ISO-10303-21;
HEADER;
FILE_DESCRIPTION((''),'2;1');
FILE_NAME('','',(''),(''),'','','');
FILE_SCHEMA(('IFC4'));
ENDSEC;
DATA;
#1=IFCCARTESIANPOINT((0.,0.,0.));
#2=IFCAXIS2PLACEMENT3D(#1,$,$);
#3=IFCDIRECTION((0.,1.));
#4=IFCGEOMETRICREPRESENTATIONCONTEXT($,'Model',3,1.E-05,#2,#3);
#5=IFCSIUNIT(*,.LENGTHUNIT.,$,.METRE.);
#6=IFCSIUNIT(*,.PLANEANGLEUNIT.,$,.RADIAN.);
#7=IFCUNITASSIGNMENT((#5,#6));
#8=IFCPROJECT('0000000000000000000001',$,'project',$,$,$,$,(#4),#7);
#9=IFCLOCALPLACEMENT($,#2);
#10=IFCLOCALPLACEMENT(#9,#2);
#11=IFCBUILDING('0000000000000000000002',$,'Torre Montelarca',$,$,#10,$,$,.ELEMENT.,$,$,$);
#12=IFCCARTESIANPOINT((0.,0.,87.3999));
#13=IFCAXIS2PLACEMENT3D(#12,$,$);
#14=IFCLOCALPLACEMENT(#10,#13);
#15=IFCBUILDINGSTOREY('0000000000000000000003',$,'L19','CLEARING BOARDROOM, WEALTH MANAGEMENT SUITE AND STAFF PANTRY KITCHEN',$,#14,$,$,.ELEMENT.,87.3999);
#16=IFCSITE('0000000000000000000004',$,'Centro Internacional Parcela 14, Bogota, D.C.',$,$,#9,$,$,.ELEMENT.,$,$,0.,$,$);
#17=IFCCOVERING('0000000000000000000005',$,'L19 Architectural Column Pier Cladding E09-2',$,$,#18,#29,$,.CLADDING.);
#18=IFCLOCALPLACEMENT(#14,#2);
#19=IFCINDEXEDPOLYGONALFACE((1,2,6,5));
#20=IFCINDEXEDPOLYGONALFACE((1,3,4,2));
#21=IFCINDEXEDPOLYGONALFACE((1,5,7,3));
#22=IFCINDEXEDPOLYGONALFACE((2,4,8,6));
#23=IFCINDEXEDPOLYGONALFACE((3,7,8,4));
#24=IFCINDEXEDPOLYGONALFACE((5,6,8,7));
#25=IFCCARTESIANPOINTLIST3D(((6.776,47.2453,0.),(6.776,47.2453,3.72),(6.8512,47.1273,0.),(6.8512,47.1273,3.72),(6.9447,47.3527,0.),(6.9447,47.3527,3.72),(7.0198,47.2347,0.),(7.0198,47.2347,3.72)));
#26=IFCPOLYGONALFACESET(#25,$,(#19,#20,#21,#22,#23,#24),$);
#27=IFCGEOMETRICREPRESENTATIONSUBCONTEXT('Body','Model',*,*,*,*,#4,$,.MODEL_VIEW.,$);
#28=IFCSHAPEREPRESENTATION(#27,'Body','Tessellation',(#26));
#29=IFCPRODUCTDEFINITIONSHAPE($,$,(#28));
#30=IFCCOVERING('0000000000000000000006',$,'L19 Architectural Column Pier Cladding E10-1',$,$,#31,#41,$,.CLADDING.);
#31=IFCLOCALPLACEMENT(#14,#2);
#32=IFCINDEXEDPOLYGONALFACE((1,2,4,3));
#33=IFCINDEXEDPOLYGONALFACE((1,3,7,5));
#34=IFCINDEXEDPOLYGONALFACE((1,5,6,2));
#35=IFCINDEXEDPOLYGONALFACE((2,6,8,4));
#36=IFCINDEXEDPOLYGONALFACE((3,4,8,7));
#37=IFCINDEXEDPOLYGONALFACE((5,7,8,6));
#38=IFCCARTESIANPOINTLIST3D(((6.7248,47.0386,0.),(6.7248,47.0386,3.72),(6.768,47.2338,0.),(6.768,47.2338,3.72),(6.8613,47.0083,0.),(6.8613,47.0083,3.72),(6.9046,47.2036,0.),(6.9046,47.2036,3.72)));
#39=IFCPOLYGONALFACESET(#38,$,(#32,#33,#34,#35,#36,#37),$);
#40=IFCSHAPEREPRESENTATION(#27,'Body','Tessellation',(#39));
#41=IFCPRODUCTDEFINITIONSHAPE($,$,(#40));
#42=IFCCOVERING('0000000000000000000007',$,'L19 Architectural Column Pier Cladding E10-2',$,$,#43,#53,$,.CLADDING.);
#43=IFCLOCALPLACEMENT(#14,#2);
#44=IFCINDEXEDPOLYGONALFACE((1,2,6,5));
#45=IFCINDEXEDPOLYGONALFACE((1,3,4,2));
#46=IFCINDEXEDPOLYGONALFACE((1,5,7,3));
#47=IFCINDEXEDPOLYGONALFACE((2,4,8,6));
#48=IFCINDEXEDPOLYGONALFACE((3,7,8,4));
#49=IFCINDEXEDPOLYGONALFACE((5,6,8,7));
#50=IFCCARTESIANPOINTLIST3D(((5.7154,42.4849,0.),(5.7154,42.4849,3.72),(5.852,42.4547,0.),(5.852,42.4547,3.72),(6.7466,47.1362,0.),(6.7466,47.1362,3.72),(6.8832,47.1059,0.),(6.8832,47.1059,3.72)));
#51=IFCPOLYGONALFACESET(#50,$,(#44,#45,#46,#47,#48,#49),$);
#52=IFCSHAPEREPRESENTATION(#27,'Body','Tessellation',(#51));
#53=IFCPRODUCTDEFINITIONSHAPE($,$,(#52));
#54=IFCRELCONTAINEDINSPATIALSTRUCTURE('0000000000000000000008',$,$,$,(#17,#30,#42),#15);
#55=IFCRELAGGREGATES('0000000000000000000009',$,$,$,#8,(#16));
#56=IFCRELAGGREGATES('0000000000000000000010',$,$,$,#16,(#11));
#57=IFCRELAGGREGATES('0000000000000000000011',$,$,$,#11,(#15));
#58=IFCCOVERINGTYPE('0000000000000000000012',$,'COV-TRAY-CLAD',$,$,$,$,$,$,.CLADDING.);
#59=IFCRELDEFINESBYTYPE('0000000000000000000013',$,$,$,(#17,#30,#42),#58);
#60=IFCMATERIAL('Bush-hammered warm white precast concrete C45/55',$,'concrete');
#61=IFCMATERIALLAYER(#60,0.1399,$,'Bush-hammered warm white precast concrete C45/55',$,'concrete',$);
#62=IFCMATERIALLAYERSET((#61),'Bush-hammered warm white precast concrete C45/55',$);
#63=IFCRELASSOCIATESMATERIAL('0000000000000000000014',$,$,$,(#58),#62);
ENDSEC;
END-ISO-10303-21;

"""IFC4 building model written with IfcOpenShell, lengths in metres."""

from ifc_helpers import new_model, si_unit, direction, frame, origin, origin_2d, place, context, subcontext, project, spatial, rectangle, extrude, source, transform, mapped, material, layer, layer_set, type_object, element, save


model = new_model("IFC4")

# Units and contexts
model_context = context("Model", 3, precision=1e-05, world=origin(), true_north=direction((0.0, 1.0)))
body_context = subcontext(model_context, "Body", "Model", "MODEL_VIEW")
ifc_project = project(units=[si_unit("LENGTHUNIT", "METRE"), si_unit("PLANEANGLEUNIT", "RADIAN")], contexts=[model_context])

# Site, building, storey
site_placement = place(None, origin())
site = spatial("IfcSite", under=ifc_project, at=site_placement, Name="Centro Internacional Parcela 14, Bogota, D.C.", CompositionType="ELEMENT", RefElevation=0.0)
building_placement = place(site_placement, origin())
building = spatial("IfcBuilding", under=site, at=building_placement, Name="Torre Montelarca", CompositionType="ELEMENT")
storey_placement = place(building_placement, frame((0.0, 0.0, 87.3999)))
storey = spatial("IfcBuildingStorey", under=building, at=storey_placement, Name="L19", Description="CLEARING BOARDROOM, WEALTH MANAGEMENT SUITE AND STAFF PANTRY KITCHEN", CompositionType="ELEMENT", Elevation=87.3999)

# Coverings
ifc_material_1 = material(Name="Bush-hammered warm white precast concrete C45/55", Category="concrete")
ifc_layer_1 = layer(ifc_material_1, 0.1399, Name="Bush-hammered warm white precast concrete C45/55", Category="concrete")
ifc_layer_set_1 = layer_set([ifc_layer_1], Name="Bush-hammered warm white precast concrete C45/55")
covering_type = type_object("IfcCoveringType", Name="COV-TRAY-CLAD", PredefinedType="CLADDING", material=ifc_layer_set_1)
shared_shape_1 = source(origin(), body_context, "Body", "SweptSolid", [
    extrude(rectangle(XDim=0.2, YDim=0.1399, at=origin_2d()), origin(), (0.0, 0.0, 1.0), 3.72),
])
for number, where, z_axis, x_axis, name in (
    (1, (6.8979, 47.24, 0.0), (0.0, 0.0, 1.0), (-0.843382, -0.537314, 0.0), "L19 Architectural Column Pier Cladding E09-2"),
    (2, (6.8147, 47.1211, 0.0), (0.0, 0.0, 1.0), (-0.216441, -0.976296, 0.0), "L19 Architectural Column Pier Cladding E10-1"),
):
    element("IfcCovering", number, at=place(storey_placement, frame(where, z_axis=z_axis, x_axis=x_axis)), inside=storey, type_object=covering_type, Name=name, PredefinedType="CLADDING", context=body_context, shape_type="MappedRepresentation", body=[
        mapped(shared_shape_1, transform((0.0, 0.0, 0.0), scale=1.0)),
    ])
shared_shape_2 = source(origin(), body_context, "Body", "SweptSolid", [
    extrude(rectangle(XDim=4.7642, YDim=0.1399, at=origin_2d()), origin(), (0.0, 0.0, 1.0), 3.72),
])
covering_1_placement = place(storey_placement, frame((6.2993, 44.7954, 0.0), z_axis=(0.0, 0.0, 1.0), x_axis=(-0.216441, -0.976296, 0.0)))
element("IfcCovering", 3, at=covering_1_placement, inside=storey, type_object=covering_type, Name="L19 Architectural Column Pier Cladding E10-2", PredefinedType="CLADDING", context=body_context, shape_type="MappedRepresentation", body=[
    mapped(shared_shape_2, transform((0.0, 0.0, 0.0), scale=1.0)),
])

save(model, "model.ifc")
